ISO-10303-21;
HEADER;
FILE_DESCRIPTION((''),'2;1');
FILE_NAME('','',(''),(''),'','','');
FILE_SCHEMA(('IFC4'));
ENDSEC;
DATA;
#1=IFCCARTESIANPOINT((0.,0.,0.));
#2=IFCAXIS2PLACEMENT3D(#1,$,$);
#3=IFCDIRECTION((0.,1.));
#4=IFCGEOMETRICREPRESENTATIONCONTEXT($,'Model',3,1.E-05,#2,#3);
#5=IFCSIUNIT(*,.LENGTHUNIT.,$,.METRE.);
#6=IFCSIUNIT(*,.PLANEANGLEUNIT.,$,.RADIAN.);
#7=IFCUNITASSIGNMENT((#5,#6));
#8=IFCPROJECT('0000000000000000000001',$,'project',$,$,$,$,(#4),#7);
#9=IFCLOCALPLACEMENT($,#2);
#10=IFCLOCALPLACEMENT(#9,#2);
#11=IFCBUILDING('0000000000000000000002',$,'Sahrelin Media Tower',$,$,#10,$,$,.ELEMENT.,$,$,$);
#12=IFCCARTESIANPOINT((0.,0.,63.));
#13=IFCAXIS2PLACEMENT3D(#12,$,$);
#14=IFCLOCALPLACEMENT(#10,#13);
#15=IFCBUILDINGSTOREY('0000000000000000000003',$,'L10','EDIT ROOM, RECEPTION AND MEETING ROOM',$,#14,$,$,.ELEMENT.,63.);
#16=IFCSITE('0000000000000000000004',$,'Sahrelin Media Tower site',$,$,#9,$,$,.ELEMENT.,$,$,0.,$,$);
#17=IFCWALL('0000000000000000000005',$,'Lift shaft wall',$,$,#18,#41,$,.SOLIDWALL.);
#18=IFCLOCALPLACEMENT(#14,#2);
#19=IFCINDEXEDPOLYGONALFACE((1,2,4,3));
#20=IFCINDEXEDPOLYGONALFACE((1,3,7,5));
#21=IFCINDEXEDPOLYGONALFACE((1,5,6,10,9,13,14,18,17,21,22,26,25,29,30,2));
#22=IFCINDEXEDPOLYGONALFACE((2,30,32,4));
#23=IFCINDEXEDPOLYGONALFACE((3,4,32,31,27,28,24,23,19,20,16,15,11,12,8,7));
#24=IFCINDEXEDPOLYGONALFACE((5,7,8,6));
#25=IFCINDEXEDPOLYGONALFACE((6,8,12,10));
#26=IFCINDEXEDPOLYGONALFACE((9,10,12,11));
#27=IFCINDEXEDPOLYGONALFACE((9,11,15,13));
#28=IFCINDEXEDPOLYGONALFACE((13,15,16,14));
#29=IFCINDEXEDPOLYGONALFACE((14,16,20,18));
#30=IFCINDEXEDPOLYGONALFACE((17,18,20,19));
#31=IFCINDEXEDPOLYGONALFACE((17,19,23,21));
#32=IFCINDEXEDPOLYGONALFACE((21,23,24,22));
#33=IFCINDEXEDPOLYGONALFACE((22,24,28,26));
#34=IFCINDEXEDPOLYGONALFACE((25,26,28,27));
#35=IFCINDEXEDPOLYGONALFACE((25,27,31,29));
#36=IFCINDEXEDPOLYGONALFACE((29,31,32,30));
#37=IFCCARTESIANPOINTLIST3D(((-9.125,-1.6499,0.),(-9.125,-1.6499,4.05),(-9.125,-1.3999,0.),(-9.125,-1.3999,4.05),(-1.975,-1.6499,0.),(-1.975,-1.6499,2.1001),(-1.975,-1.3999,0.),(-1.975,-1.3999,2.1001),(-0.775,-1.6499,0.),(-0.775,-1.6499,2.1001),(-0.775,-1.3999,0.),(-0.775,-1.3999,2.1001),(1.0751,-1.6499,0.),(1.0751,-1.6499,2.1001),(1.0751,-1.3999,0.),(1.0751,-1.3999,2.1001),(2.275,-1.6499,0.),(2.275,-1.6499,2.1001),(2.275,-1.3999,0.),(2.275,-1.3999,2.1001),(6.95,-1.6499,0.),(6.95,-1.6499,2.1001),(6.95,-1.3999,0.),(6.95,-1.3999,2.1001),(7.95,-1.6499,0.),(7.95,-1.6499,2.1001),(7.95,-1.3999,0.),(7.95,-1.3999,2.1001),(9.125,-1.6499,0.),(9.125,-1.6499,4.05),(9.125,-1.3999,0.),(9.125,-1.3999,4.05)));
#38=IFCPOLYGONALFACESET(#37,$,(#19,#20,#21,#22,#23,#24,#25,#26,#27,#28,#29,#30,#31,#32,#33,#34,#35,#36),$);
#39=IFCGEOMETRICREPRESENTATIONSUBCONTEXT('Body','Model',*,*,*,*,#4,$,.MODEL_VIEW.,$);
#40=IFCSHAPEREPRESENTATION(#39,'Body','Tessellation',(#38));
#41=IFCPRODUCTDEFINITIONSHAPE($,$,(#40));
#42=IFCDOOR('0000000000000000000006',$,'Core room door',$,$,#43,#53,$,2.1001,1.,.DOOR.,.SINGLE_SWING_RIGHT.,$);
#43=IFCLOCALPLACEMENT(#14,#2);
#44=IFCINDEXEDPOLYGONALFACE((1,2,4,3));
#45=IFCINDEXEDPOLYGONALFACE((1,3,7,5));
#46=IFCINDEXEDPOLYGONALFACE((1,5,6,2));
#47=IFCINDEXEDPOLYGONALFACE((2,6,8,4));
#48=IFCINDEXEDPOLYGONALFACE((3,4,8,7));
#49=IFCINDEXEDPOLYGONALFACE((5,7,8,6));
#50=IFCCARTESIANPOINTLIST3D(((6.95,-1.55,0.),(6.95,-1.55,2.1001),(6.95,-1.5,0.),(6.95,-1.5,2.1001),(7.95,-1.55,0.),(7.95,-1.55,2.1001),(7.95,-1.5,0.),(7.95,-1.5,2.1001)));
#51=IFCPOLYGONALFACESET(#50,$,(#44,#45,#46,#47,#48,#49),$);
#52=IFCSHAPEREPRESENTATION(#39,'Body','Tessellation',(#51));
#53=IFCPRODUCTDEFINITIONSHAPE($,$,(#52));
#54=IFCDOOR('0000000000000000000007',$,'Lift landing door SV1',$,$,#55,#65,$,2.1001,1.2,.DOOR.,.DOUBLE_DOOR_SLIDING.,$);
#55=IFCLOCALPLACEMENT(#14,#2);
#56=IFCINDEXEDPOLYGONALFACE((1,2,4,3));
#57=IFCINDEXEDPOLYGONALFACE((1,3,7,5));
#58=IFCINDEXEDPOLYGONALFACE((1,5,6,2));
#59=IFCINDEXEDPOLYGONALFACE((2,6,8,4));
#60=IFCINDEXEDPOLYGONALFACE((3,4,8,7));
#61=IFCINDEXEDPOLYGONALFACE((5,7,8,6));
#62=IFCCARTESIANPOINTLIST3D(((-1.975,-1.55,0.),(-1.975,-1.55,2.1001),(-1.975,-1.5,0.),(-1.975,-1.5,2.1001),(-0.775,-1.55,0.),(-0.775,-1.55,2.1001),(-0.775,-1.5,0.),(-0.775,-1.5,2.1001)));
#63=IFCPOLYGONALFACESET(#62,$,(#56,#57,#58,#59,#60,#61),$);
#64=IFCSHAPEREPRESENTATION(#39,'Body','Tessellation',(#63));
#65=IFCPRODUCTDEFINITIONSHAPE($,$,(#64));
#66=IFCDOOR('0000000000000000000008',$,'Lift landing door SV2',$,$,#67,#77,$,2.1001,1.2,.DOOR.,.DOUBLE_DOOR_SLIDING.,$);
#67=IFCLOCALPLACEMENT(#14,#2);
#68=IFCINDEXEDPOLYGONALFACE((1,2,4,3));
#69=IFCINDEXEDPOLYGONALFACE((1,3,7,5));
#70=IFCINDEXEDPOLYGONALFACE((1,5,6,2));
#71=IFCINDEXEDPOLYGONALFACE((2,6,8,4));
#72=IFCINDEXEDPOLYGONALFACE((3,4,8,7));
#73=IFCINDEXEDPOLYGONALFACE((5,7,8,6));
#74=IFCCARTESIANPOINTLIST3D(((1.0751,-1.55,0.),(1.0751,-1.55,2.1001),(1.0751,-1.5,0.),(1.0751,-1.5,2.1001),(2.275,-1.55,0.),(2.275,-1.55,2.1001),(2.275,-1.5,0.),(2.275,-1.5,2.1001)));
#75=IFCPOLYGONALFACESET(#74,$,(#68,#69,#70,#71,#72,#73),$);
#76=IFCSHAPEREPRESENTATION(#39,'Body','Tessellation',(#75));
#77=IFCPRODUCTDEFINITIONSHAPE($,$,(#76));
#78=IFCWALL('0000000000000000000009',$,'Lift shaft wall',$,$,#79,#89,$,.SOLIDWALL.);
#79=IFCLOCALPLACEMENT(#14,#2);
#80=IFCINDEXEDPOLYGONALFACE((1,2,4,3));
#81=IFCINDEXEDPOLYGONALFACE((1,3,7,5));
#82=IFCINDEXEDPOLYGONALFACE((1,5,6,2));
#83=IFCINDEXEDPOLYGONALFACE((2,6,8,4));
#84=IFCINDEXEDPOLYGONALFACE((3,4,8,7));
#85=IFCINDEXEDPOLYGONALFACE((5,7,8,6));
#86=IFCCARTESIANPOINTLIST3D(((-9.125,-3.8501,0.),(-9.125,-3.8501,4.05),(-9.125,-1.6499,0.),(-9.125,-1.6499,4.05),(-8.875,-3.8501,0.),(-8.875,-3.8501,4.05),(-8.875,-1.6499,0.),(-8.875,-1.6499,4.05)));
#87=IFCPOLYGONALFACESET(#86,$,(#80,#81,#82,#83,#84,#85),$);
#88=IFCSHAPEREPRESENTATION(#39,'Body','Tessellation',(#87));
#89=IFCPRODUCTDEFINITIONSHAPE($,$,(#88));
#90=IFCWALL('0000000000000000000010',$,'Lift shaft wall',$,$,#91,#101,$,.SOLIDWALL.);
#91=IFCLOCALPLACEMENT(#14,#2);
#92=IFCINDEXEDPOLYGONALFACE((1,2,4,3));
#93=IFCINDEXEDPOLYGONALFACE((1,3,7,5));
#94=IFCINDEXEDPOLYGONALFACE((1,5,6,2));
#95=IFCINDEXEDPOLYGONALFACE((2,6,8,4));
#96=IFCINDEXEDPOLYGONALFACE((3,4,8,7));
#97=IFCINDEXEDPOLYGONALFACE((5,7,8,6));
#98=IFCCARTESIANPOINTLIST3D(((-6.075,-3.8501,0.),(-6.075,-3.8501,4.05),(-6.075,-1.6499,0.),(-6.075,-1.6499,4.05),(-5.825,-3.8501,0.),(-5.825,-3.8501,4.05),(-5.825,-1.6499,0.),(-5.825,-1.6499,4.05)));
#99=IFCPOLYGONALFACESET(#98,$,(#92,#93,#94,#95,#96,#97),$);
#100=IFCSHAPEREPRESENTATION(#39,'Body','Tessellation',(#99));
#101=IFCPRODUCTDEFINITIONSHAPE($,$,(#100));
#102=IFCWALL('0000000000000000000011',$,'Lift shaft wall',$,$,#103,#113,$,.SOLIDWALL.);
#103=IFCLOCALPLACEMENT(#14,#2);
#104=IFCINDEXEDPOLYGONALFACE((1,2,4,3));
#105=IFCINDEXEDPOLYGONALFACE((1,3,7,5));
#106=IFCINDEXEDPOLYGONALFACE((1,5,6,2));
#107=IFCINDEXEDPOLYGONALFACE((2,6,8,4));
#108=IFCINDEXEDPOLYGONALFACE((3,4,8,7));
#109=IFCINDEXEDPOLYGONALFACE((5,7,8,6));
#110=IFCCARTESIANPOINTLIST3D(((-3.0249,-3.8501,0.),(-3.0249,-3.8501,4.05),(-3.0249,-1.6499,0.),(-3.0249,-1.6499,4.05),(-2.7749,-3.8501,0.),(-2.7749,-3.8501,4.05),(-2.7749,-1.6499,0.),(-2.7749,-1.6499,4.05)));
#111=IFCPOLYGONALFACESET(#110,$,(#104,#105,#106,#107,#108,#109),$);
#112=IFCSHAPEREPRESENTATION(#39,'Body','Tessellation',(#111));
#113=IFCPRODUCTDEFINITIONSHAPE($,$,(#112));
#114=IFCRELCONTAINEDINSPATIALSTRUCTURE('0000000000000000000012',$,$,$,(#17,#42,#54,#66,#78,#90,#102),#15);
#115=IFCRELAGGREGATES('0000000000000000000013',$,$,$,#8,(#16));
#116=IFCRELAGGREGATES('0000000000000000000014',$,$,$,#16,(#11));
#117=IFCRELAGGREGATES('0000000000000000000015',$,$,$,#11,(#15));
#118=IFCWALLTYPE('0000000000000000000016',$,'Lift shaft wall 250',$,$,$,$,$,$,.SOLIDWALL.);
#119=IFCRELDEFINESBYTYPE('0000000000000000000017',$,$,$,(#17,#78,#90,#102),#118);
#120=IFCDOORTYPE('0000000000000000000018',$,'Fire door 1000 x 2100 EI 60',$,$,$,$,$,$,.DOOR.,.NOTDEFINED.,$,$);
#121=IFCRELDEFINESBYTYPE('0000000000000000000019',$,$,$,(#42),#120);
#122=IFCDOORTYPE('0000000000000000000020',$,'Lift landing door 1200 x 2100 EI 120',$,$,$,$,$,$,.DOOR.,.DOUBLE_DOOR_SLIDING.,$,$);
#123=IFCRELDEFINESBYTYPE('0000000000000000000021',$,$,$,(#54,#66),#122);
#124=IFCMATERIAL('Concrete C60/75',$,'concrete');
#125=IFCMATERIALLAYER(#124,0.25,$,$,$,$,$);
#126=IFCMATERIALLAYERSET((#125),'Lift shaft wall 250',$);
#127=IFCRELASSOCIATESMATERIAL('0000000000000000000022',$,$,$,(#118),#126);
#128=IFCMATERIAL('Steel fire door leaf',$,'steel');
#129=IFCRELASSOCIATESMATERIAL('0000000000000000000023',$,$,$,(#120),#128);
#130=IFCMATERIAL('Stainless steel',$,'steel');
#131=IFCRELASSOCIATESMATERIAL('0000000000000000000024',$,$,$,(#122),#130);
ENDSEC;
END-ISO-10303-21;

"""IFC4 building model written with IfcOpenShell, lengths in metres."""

from ifc_helpers import new_model, si_unit, direction, frame, frame_2d, origin, place, context, subcontext, project, spatial, rectangle, extrude, material, layer, layer_set, type_object, element, fill, save


model = new_model("IFC4")

# Units and contexts
model_context = context("Model", 3, precision=1e-05, world=origin(), true_north=direction((0.0, 1.0)))
body_context = subcontext(model_context, "Body", "Model", "MODEL_VIEW")
ifc_project = project(units=[si_unit("LENGTHUNIT", "METRE"), si_unit("PLANEANGLEUNIT", "RADIAN")], contexts=[model_context])

# Site, building, storey
site_placement = place(None, origin())
site = spatial("IfcSite", under=ifc_project, at=site_placement, Name="Sahrelin Media Tower site", CompositionType="ELEMENT", RefElevation=0.0)
building_placement = place(site_placement, origin())
building = spatial("IfcBuilding", under=site, at=building_placement, Name="Sahrelin Media Tower", CompositionType="ELEMENT")
storey_placement = place(building_placement, frame((0.0, 0.0, 63.0)))
storey = spatial("IfcBuildingStorey", under=building, at=storey_placement, Name="L10", Description="EDIT ROOM, RECEPTION AND MEETING ROOM", CompositionType="ELEMENT", Elevation=63.0)

# Shared definitions
ifc_material_1 = material(Name="Steel fire door leaf", Category="steel")

# Wall, openings, doors
ifc_material_2 = material(Name="Concrete C60/75", Category="concrete")
ifc_layer_1 = layer(ifc_material_2, 0.25)
ifc_layer_set_1 = layer_set([ifc_layer_1], Name="Lift shaft wall 250")
wall_type_1 = type_object("IfcWallType", Name="Lift shaft wall 250", PredefinedType="SOLIDWALL", material=ifc_layer_set_1)
wall_1_placement = place(storey_placement, frame((-9.125, -1.5249, 0.0), z_axis=(0.0, 0.0, 1.0), x_axis=(1.0, 0.0, 0.0)))
wall_1 = element("IfcWall", 1, at=wall_1_placement, inside=storey, type_object=wall_type_1, Name="Lift shaft wall", PredefinedType="SOLIDWALL", context=body_context, shape_type="SweptSolid", body=[
    extrude(rectangle(XDim=18.25, YDim=0.25, at=frame_2d((9.125, 0.0))), origin(), (0.0, 0.0, 1.0), 4.05),
])
opening_1_placement = place(wall_1_placement, frame((7.1499, 0.0, 0.0)))
opening_1 = element("IfcOpeningElement", 2, at=opening_1_placement, cuts=wall_1, PredefinedType="OPENING", context=body_context, shape_type="SweptSolid", body=[
    extrude(rectangle(XDim=1.2, YDim=2.1001, at=frame_2d((0.6001, 1.05))), frame((0.0, 0.125, 0.0), z_axis=(0.0, -1.0, 0.0), x_axis=(1.0, 0.0, 0.0)), (0.0, 0.0, 1.0), 0.25),
])
opening_2_placement = place(wall_1_placement, frame((10.2, 0.0, 0.0)))
opening_2 = element("IfcOpeningElement", 3, at=opening_2_placement, cuts=wall_1, PredefinedType="OPENING", context=body_context, shape_type="SweptSolid", body=[
    extrude(rectangle(XDim=1.2, YDim=2.1001, at=frame_2d((0.6001, 1.05))), frame((0.0, 0.125, 0.0), z_axis=(0.0, -1.0, 0.0), x_axis=(1.0, 0.0, 0.0)), (0.0, 0.0, 1.0), 0.25),
])
opening_3_placement = place(wall_1_placement, frame((16.075, 0.0, 0.0)))
opening_3 = element("IfcOpeningElement", 4, at=opening_3_placement, cuts=wall_1, PredefinedType="OPENING", context=body_context, shape_type="SweptSolid", body=[
    extrude(rectangle(XDim=1.0, YDim=2.1001, at=frame_2d((0.5, 1.05))), frame((0.0, 0.125, 0.0), z_axis=(0.0, -1.0, 0.0), x_axis=(1.0, 0.0, 0.0)), (0.0, 0.0, 1.0), 0.25),
])
door_type_1 = type_object("IfcDoorType", Name="Fire door 1000 x 2100 EI 60", OperationType="NOTDEFINED", PredefinedType="DOOR", material=ifc_material_1)
door_1_placement = place(opening_3_placement, origin())
door_1 = element("IfcDoor", 5, at=door_1_placement, inside=storey, type_object=door_type_1, Name="Core room door", OperationType="SINGLE_SWING_RIGHT", OverallHeight=2.1001, OverallWidth=1.0, PredefinedType="DOOR", context=body_context, shape_type="SweptSolid", body=[
    extrude(rectangle(XDim=1.0, YDim=2.1001, at=frame_2d((0.5, 1.05))), frame((0.0, 0.0249, 0.0), z_axis=(0.0, -1.0, 0.0), x_axis=(1.0, 0.0, 0.0)), (0.0, 0.0, 1.0), 0.05),
])
fill(opening_3, door_1)
ifc_material_3 = material(Name="Stainless steel", Category="steel")
door_type_2 = type_object("IfcDoorType", Name="Lift landing door 1200 x 2100 EI 120", OperationType="DOUBLE_DOOR_SLIDING", PredefinedType="DOOR", material=ifc_material_3)
door_2_placement = place(opening_1_placement, origin())
door_2 = element("IfcDoor", 6, at=door_2_placement, inside=storey, type_object=door_type_2, Name="Lift landing door SV1", OperationType="DOUBLE_DOOR_SLIDING", OverallHeight=2.1001, OverallWidth=1.2, PredefinedType="DOOR", context=body_context, shape_type="SweptSolid", body=[
    extrude(rectangle(XDim=1.2, YDim=2.1001, at=frame_2d((0.6001, 1.05))), frame((0.0, 0.0249, 0.0), z_axis=(0.0, -1.0, 0.0), x_axis=(1.0, 0.0, 0.0)), (0.0, 0.0, 1.0), 0.05),
])
fill(opening_1, door_2)
door_3_placement = place(opening_2_placement, origin())
door_3 = element("IfcDoor", 7, at=door_3_placement, inside=storey, type_object=door_type_2, Name="Lift landing door SV2", OperationType="DOUBLE_DOOR_SLIDING", OverallHeight=2.1001, OverallWidth=1.2, PredefinedType="DOOR", context=body_context, shape_type="SweptSolid", body=[
    extrude(rectangle(XDim=1.2, YDim=2.1001, at=frame_2d((0.6001, 1.05))), frame((0.0, 0.0249, 0.0), z_axis=(0.0, -1.0, 0.0), x_axis=(1.0, 0.0, 0.0)), (0.0, 0.0, 1.0), 0.05),
])
fill(opening_2, door_3)

# Walls
for number, where, z_axis, x_axis, name in (
    (8, (-9.0, -3.8501, 0.0), (0.0, 0.0, 1.0), (0.0, 1.0, 0.0), "Lift shaft wall"),
    (9, (-5.95, -3.8501, 0.0), (0.0, 0.0, 1.0), (0.0, 1.0, 0.0), "Lift shaft wall"),
    (10, (-2.8999, -3.8501, 0.0), (0.0, 0.0, 1.0), (0.0, 1.0, 0.0), "Lift shaft wall"),
):
    element("IfcWall", number, at=place(storey_placement, frame(where, z_axis=z_axis, x_axis=x_axis)), inside=storey, type_object=wall_type_1, Name=name, PredefinedType="SOLIDWALL", context=body_context, shape_type="SweptSolid", body=[
        extrude(rectangle(XDim=2.2002, YDim=0.25, at=frame_2d((1.1001, 0.0))), origin(), (0.0, 0.0, 1.0), 4.05),
    ])

save(model, "model.ifc")
